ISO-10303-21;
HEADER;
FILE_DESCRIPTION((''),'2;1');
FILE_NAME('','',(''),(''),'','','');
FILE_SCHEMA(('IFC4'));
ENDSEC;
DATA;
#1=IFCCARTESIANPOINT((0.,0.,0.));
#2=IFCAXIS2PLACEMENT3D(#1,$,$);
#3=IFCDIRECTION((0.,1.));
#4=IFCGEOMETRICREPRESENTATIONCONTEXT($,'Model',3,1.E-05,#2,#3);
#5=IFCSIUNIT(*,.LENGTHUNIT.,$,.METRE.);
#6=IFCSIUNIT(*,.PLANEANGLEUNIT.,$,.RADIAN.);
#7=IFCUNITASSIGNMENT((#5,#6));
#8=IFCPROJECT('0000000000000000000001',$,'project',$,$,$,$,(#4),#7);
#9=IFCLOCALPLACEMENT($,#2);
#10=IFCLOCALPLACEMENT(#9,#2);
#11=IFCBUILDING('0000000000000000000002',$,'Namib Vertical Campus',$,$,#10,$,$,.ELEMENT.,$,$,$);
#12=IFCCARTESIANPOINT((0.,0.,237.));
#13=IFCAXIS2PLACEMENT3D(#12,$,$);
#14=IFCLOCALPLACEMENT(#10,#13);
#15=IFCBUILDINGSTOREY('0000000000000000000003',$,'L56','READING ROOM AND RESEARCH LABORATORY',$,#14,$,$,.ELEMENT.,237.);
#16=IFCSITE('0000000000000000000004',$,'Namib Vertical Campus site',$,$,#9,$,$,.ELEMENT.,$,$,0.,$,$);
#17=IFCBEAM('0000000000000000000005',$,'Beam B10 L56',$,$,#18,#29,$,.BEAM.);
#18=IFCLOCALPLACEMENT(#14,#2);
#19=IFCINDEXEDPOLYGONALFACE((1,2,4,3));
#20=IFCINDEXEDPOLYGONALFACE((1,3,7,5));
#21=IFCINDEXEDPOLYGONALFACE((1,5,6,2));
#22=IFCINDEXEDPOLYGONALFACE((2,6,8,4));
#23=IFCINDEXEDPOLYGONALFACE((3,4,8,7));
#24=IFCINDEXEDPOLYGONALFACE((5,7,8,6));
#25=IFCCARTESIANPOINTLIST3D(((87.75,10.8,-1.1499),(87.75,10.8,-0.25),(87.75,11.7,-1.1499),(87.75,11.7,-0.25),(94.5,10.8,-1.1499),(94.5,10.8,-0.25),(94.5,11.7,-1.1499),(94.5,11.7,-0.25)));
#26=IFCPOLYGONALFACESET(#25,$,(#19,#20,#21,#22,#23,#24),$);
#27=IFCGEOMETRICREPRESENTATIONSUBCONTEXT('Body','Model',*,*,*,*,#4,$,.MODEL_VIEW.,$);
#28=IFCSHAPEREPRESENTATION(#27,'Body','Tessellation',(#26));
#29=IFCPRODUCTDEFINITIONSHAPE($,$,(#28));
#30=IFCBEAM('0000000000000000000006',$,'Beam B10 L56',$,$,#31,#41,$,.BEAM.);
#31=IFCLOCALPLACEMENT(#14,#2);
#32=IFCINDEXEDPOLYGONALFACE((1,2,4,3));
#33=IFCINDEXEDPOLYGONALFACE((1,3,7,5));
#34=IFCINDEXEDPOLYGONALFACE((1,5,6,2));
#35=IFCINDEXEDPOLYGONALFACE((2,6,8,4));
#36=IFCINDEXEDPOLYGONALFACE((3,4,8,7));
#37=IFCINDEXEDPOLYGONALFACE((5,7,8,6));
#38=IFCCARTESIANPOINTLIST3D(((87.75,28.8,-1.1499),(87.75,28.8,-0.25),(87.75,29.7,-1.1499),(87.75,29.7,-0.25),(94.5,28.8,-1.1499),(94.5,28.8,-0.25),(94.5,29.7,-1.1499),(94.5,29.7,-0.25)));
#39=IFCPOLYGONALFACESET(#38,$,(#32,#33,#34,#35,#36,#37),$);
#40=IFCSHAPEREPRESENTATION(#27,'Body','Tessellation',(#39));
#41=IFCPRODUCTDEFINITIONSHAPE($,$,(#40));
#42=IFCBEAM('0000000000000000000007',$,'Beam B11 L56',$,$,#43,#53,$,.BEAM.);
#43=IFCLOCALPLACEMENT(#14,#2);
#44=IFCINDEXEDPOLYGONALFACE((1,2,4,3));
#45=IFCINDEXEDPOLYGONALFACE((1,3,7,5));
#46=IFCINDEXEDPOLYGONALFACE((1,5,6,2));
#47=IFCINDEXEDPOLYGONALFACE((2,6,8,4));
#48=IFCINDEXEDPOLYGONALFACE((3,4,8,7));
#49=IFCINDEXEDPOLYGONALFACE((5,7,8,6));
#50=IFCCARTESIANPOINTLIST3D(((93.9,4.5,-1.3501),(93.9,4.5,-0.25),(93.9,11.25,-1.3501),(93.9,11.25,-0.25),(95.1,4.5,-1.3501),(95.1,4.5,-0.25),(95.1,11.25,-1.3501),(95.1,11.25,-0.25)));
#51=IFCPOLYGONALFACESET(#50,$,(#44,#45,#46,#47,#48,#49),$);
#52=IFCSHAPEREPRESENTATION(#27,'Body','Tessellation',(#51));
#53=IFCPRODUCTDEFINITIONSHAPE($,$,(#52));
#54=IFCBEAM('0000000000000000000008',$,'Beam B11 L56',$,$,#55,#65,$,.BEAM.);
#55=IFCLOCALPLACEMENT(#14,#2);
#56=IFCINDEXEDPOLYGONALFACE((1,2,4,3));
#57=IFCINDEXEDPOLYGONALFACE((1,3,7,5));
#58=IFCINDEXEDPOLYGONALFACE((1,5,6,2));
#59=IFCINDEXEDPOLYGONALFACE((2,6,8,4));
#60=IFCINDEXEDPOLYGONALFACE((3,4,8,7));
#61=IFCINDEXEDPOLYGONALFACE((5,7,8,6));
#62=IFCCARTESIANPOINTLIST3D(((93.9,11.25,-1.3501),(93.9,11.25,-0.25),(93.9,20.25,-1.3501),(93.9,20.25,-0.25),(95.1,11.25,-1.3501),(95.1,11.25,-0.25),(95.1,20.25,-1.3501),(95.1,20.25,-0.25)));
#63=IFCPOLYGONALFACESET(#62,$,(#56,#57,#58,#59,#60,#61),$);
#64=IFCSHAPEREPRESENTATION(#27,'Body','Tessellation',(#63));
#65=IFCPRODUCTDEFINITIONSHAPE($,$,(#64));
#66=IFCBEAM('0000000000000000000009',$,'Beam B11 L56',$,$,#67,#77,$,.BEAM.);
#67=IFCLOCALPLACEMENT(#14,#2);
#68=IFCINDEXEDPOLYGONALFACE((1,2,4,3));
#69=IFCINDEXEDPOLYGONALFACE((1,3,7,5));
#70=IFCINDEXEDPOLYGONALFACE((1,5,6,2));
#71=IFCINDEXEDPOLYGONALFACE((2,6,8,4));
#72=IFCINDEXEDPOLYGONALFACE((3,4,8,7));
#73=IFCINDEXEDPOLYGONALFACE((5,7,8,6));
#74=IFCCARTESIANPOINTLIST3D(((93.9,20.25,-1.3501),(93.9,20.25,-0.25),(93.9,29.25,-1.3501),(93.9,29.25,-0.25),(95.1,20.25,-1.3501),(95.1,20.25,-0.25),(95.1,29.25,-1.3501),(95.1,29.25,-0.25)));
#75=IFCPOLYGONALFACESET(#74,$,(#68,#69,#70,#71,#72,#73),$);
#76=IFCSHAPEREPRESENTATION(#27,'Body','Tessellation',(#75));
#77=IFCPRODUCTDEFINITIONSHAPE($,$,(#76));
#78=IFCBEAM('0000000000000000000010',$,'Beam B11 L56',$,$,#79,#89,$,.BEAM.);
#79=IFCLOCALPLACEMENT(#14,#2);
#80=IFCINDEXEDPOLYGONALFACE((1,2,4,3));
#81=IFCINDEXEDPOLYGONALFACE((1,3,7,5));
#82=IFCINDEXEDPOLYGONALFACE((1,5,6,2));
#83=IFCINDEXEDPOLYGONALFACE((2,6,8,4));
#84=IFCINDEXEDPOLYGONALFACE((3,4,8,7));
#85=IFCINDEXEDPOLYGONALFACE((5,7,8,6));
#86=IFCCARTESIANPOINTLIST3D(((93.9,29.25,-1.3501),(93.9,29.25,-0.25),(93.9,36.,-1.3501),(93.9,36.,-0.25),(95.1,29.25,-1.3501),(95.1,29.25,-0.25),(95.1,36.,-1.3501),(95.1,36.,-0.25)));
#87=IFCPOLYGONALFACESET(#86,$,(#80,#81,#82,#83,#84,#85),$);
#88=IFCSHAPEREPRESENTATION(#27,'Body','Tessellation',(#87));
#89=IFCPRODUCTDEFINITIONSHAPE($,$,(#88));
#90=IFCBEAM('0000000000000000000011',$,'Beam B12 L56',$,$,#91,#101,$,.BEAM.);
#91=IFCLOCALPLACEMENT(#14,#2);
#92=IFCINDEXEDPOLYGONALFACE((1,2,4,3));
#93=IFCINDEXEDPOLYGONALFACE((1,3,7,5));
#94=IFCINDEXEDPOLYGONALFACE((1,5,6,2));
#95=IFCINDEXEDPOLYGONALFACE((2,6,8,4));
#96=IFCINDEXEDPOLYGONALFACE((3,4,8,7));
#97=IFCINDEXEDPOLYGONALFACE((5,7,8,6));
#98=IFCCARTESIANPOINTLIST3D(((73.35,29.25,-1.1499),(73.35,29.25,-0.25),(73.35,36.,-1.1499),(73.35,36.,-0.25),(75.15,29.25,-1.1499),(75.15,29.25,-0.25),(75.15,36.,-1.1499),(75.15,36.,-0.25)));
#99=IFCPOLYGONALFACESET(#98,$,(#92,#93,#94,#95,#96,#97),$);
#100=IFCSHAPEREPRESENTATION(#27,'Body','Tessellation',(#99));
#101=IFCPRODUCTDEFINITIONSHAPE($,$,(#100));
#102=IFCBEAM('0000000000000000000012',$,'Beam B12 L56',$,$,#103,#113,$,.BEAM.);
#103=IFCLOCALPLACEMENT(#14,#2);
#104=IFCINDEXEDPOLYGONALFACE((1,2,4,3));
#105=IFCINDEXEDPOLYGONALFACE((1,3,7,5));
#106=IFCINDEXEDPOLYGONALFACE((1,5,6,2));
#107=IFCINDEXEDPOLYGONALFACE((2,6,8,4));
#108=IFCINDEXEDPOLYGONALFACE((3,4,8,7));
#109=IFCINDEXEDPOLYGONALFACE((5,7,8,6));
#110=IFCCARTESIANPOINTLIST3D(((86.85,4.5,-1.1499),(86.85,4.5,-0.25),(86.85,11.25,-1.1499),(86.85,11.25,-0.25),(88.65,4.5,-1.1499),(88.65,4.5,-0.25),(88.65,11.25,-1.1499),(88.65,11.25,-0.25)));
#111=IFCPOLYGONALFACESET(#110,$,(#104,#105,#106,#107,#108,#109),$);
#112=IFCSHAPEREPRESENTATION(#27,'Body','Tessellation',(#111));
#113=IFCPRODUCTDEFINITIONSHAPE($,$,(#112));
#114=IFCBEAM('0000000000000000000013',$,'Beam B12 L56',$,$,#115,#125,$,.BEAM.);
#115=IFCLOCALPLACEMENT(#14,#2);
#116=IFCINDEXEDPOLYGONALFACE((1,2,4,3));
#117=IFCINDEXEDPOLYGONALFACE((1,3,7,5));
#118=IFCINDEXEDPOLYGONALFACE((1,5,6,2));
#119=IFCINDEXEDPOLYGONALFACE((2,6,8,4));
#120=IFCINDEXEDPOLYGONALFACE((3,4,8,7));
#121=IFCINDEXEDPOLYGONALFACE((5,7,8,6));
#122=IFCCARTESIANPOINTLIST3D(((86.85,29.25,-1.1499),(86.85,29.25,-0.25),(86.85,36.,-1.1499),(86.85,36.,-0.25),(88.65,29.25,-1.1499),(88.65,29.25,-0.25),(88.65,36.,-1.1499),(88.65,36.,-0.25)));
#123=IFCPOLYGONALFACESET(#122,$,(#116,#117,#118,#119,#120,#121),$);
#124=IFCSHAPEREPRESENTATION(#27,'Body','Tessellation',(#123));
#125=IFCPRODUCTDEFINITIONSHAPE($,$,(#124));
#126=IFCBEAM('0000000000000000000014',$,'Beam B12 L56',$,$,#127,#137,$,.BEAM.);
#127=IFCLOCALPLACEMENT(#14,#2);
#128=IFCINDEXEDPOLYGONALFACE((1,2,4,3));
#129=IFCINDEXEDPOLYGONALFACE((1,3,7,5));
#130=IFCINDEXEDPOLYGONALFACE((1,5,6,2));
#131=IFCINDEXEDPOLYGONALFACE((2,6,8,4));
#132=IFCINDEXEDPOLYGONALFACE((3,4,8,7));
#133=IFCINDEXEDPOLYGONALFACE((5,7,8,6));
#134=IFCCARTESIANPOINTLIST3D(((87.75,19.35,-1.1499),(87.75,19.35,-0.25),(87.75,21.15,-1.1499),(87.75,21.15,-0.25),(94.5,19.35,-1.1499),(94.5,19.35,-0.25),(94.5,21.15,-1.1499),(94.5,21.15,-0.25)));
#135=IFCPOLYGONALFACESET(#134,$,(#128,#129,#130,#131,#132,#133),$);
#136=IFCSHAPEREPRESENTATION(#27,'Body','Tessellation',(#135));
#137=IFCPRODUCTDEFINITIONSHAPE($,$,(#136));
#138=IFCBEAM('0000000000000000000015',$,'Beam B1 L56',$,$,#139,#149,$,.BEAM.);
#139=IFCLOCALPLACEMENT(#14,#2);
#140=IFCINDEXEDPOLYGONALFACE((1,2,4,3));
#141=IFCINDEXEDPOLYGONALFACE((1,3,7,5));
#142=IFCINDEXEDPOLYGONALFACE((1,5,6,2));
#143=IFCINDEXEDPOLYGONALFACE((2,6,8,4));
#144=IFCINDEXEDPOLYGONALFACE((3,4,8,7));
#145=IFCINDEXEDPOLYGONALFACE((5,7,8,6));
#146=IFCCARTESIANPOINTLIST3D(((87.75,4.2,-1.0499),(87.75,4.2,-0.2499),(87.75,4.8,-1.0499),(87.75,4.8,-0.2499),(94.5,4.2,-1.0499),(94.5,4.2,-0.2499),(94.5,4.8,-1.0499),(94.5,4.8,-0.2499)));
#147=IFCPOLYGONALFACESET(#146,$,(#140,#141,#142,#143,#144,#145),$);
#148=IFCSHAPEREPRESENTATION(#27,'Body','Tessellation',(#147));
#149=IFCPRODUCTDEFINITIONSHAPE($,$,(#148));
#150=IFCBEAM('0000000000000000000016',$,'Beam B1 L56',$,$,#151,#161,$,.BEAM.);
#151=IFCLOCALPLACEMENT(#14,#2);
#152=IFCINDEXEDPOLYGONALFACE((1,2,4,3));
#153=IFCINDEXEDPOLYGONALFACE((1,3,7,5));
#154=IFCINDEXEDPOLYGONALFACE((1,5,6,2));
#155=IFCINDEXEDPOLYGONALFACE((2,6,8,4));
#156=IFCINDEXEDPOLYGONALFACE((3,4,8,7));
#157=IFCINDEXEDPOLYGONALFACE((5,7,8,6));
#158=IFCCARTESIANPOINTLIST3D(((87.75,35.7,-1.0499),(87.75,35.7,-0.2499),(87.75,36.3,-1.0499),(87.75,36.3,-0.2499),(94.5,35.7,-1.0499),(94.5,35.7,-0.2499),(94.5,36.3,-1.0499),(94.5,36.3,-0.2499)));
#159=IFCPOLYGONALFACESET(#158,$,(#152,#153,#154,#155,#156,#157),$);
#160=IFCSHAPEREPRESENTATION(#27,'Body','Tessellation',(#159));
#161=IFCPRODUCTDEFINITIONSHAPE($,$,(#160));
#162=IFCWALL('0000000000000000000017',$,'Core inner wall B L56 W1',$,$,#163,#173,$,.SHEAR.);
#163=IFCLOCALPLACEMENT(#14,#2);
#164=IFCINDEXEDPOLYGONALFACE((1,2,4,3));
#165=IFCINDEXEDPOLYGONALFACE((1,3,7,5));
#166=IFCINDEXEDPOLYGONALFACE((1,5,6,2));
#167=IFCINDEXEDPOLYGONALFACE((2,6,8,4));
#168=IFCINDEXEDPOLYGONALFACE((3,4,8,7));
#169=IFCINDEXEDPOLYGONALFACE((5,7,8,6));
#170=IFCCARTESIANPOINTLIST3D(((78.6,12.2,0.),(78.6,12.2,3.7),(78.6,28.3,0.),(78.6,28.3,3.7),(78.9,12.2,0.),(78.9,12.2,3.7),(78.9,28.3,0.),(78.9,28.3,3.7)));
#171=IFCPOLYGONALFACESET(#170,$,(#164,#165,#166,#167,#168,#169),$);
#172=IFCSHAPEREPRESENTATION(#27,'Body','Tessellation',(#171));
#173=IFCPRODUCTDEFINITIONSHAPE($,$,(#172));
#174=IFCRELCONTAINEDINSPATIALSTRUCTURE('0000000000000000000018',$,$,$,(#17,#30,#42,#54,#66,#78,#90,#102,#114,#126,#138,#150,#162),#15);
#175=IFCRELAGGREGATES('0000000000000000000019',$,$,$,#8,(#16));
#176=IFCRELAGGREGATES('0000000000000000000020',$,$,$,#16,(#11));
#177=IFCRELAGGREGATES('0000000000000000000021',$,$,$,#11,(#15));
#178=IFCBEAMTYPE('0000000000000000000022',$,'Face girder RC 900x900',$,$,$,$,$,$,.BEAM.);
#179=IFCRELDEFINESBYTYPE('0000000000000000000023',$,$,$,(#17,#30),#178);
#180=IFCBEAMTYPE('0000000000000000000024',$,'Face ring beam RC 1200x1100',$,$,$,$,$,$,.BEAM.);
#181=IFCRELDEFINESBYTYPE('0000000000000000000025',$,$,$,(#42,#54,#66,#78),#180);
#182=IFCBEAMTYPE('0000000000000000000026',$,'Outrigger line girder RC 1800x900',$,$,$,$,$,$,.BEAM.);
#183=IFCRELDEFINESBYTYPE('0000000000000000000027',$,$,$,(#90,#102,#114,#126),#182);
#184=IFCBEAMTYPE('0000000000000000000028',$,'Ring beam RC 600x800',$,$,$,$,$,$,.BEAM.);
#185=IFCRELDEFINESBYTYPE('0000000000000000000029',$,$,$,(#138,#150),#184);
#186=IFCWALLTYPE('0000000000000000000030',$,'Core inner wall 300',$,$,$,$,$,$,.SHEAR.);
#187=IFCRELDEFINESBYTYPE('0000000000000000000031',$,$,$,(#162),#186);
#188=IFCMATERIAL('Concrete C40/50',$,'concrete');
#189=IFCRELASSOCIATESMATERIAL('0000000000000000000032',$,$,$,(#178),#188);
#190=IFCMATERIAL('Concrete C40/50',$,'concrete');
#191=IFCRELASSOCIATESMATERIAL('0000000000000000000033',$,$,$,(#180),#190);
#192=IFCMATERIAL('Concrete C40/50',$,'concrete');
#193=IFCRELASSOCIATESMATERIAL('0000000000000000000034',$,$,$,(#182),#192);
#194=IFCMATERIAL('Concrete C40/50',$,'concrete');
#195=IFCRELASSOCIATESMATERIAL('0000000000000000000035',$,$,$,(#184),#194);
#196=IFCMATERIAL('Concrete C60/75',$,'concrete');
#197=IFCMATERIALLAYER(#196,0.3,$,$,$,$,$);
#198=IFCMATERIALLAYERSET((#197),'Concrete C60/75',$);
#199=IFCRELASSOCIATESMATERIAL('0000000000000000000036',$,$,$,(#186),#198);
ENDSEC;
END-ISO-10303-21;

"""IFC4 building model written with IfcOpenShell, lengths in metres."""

from ifc_helpers import new_model, si_unit, direction, frame, frame_2d, origin, origin_2d, place, context, subcontext, project, spatial, rectangle, extrude, material, layer, layer_set, material_profile, profile_set, type_object, element, save


model = new_model("IFC4")

# Units and contexts
model_context = context("Model", 3, precision=1e-05, world=origin(), true_north=direction((0.0, 1.0)))
body_context = subcontext(model_context, "Body", "Model", "MODEL_VIEW")
ifc_project = project(units=[si_unit("LENGTHUNIT", "METRE"), si_unit("PLANEANGLEUNIT", "RADIAN")], contexts=[model_context])

# Site, building, storey
site_placement = place(None, origin())
site = spatial("IfcSite", under=ifc_project, at=site_placement, Name="Namib Vertical Campus site", CompositionType="ELEMENT", RefElevation=0.0)
building_placement = place(site_placement, origin())
building = spatial("IfcBuilding", under=site, at=building_placement, Name="Namib Vertical Campus", CompositionType="ELEMENT")
storey_placement = place(building_placement, frame((0.0, 0.0, 237.0)))
storey = spatial("IfcBuildingStorey", under=building, at=storey_placement, Name="L56", Description="READING ROOM AND RESEARCH LABORATORY", CompositionType="ELEMENT", Elevation=237.0)

# Beams
ifc_material_1 = material(Name="Concrete C40/50", Category="concrete")
ifc_material_profile_1 = material_profile(ifc_material_1, rectangle(XDim=0.8999, YDim=0.8999, at=origin_2d()))
ifc_profile_set_1 = profile_set([ifc_material_profile_1], Name="Concrete C40/50")
beam_type_1 = type_object("IfcBeamType", Name="Face girder RC 900x900", PredefinedType="BEAM", material=ifc_profile_set_1)
for number, where, z_axis, x_axis, name in (
    (1, (94.5, 11.25, -0.7), (-1.0, 0.0, 0.0), (0.0, -1.0, 0.0), "Beam B10 L56"),
    (2, (94.5, 29.25, -0.7), (-1.0, 0.0, 0.0), (0.0, -1.0, 0.0), "Beam B10 L56"),
):
    element("IfcBeam", number, at=place(storey_placement, frame(where, z_axis=z_axis, x_axis=x_axis)), inside=storey, type_object=beam_type_1, Name=name, PredefinedType="BEAM", context=body_context, shape_type="SweptSolid", body=[
        extrude(rectangle(XDim=0.8999, YDim=0.8999, at=origin_2d()), origin(), (0.0, 0.0, 1.0), 6.75),
    ])
ifc_material_2 = material(Name="Concrete C40/50", Category="concrete")
ifc_material_profile_2 = material_profile(ifc_material_2, rectangle(XDim=1.2, YDim=1.1001, at=origin_2d()))
ifc_profile_set_2 = profile_set([ifc_material_profile_2], Name="Concrete C40/50")
beam_type_2 = type_object("IfcBeamType", Name="Face ring beam RC 1200x1100", PredefinedType="BEAM", material=ifc_profile_set_2)
beam_1_placement = place(storey_placement, frame((94.5, 4.5, -0.8), z_axis=(0.0, 1.0, 0.0), x_axis=(-1.0, 0.0, 0.0)))
element("IfcBeam", 3, at=beam_1_placement, inside=storey, type_object=beam_type_2, Name="Beam B11 L56", PredefinedType="BEAM", context=body_context, shape_type="SweptSolid", body=[
    extrude(rectangle(XDim=1.2, YDim=1.1001, at=origin_2d()), origin(), (0.0, 0.0, 1.0), 6.75),
])
for number, where, z_axis, x_axis, name in (
    (4, (94.5, 11.25, -0.8), (0.0, 1.0, 0.0), (-1.0, 0.0, 0.0), "Beam B11 L56"),
    (5, (94.5, 20.25, -0.8), (0.0, 1.0, 0.0), (-1.0, 0.0, 0.0), "Beam B11 L56"),
):
    element("IfcBeam", number, at=place(storey_placement, frame(where, z_axis=z_axis, x_axis=x_axis)), inside=storey, type_object=beam_type_2, Name=name, PredefinedType="BEAM", context=body_context, shape_type="SweptSolid", body=[
        extrude(rectangle(XDim=1.2, YDim=1.1001, at=origin_2d()), origin(), (0.0, 0.0, 1.0), 9.0),
    ])
beam_2_placement = place(storey_placement, frame((94.5, 29.25, -0.8), z_axis=(0.0, 1.0, 0.0), x_axis=(-1.0, 0.0, 0.0)))
element("IfcBeam", 6, at=beam_2_placement, inside=storey, type_object=beam_type_2, Name="Beam B11 L56", PredefinedType="BEAM", context=body_context, shape_type="SweptSolid", body=[
    extrude(rectangle(XDim=1.2, YDim=1.1001, at=origin_2d()), origin(), (0.0, 0.0, 1.0), 6.75),
])
ifc_material_3 = material(Name="Concrete C40/50", Category="concrete")
ifc_material_profile_3 = material_profile(ifc_material_3, rectangle(XDim=1.8, YDim=0.8999, at=origin_2d()))
ifc_profile_set_3 = profile_set([ifc_material_profile_3], Name="Concrete C40/50")
beam_type_3 = type_object("IfcBeamType", Name="Outrigger line girder RC 1800x900", PredefinedType="BEAM", material=ifc_profile_set_3)
for number, where, z_axis, x_axis, name in (
    (7, (74.25, 36.0, -0.7), (0.0, -1.0, 0.0), (1.0, 0.0, 0.0), "Beam B12 L56"),
    (8, (87.75, 4.5, -0.7), (0.0, 1.0, 0.0), (-1.0, 0.0, 0.0), "Beam B12 L56"),
    (9, (87.75, 36.0, -0.7), (0.0, -1.0, 0.0), (1.0, 0.0, 0.0), "Beam B12 L56"),
    (10, (94.5, 20.25, -0.7), (-1.0, 0.0, 0.0), (0.0, -1.0, 0.0), "Beam B12 L56"),
):
    element("IfcBeam", number, at=place(storey_placement, frame(where, z_axis=z_axis, x_axis=x_axis)), inside=storey, type_object=beam_type_3, Name=name, PredefinedType="BEAM", context=body_context, shape_type="SweptSolid", body=[
        extrude(rectangle(XDim=1.8, YDim=0.8999, at=origin_2d()), origin(), (0.0, 0.0, 1.0), 6.75),
    ])
ifc_material_4 = material(Name="Concrete C40/50", Category="concrete")
ifc_material_profile_4 = material_profile(ifc_material_4, rectangle(XDim=0.6001, YDim=0.8, at=origin_2d()))
ifc_profile_set_4 = profile_set([ifc_material_profile_4], Name="Concrete C40/50")
beam_type_4 = type_object("IfcBeamType", Name="Ring beam RC 600x800", PredefinedType="BEAM", material=ifc_profile_set_4)
for number, where, z_axis, x_axis, name in (
    (11, (87.75, 4.5, -0.6499), (1.0, 0.0, 0.0), (0.0, 1.0, 0.0), "Beam B1 L56"),
    (12, (87.75, 36.0, -0.6499), (1.0, 0.0, 0.0), (0.0, 1.0, 0.0), "Beam B1 L56"),
):
    element("IfcBeam", number, at=place(storey_placement, frame(where, z_axis=z_axis, x_axis=x_axis)), inside=storey, type_object=beam_type_4, Name=name, PredefinedType="BEAM", context=body_context, shape_type="SweptSolid", body=[
        extrude(rectangle(XDim=0.6001, YDim=0.8, at=origin_2d()), origin(), (0.0, 0.0, 1.0), 6.75),
    ])

# Wall
ifc_material_5 = material(Name="Concrete C60/75", Category="concrete")
ifc_layer_1 = layer(ifc_material_5, 0.3)
ifc_layer_set_1 = layer_set([ifc_layer_1], Name="Concrete C60/75")
wall_type_1 = type_object("IfcWallType", Name="Core inner wall 300", PredefinedType="SHEAR", material=ifc_layer_set_1)
wall_1_placement = place(storey_placement, frame((78.75, 12.2, 0.0), z_axis=(0.0, 0.0, 1.0), x_axis=(0.0, 1.0, 0.0)))
element("IfcWall", 13, at=wall_1_placement, inside=storey, type_object=wall_type_1, Name="Core inner wall B L56 W1", PredefinedType="SHEAR", context=body_context, shape_type="SweptSolid", body=[
    extrude(rectangle(XDim=16.1001, YDim=0.3, at=frame_2d((8.05, 0.0))), origin(), (0.0, 0.0, 1.0), 3.7),
])

save(model, "model.ifc")
